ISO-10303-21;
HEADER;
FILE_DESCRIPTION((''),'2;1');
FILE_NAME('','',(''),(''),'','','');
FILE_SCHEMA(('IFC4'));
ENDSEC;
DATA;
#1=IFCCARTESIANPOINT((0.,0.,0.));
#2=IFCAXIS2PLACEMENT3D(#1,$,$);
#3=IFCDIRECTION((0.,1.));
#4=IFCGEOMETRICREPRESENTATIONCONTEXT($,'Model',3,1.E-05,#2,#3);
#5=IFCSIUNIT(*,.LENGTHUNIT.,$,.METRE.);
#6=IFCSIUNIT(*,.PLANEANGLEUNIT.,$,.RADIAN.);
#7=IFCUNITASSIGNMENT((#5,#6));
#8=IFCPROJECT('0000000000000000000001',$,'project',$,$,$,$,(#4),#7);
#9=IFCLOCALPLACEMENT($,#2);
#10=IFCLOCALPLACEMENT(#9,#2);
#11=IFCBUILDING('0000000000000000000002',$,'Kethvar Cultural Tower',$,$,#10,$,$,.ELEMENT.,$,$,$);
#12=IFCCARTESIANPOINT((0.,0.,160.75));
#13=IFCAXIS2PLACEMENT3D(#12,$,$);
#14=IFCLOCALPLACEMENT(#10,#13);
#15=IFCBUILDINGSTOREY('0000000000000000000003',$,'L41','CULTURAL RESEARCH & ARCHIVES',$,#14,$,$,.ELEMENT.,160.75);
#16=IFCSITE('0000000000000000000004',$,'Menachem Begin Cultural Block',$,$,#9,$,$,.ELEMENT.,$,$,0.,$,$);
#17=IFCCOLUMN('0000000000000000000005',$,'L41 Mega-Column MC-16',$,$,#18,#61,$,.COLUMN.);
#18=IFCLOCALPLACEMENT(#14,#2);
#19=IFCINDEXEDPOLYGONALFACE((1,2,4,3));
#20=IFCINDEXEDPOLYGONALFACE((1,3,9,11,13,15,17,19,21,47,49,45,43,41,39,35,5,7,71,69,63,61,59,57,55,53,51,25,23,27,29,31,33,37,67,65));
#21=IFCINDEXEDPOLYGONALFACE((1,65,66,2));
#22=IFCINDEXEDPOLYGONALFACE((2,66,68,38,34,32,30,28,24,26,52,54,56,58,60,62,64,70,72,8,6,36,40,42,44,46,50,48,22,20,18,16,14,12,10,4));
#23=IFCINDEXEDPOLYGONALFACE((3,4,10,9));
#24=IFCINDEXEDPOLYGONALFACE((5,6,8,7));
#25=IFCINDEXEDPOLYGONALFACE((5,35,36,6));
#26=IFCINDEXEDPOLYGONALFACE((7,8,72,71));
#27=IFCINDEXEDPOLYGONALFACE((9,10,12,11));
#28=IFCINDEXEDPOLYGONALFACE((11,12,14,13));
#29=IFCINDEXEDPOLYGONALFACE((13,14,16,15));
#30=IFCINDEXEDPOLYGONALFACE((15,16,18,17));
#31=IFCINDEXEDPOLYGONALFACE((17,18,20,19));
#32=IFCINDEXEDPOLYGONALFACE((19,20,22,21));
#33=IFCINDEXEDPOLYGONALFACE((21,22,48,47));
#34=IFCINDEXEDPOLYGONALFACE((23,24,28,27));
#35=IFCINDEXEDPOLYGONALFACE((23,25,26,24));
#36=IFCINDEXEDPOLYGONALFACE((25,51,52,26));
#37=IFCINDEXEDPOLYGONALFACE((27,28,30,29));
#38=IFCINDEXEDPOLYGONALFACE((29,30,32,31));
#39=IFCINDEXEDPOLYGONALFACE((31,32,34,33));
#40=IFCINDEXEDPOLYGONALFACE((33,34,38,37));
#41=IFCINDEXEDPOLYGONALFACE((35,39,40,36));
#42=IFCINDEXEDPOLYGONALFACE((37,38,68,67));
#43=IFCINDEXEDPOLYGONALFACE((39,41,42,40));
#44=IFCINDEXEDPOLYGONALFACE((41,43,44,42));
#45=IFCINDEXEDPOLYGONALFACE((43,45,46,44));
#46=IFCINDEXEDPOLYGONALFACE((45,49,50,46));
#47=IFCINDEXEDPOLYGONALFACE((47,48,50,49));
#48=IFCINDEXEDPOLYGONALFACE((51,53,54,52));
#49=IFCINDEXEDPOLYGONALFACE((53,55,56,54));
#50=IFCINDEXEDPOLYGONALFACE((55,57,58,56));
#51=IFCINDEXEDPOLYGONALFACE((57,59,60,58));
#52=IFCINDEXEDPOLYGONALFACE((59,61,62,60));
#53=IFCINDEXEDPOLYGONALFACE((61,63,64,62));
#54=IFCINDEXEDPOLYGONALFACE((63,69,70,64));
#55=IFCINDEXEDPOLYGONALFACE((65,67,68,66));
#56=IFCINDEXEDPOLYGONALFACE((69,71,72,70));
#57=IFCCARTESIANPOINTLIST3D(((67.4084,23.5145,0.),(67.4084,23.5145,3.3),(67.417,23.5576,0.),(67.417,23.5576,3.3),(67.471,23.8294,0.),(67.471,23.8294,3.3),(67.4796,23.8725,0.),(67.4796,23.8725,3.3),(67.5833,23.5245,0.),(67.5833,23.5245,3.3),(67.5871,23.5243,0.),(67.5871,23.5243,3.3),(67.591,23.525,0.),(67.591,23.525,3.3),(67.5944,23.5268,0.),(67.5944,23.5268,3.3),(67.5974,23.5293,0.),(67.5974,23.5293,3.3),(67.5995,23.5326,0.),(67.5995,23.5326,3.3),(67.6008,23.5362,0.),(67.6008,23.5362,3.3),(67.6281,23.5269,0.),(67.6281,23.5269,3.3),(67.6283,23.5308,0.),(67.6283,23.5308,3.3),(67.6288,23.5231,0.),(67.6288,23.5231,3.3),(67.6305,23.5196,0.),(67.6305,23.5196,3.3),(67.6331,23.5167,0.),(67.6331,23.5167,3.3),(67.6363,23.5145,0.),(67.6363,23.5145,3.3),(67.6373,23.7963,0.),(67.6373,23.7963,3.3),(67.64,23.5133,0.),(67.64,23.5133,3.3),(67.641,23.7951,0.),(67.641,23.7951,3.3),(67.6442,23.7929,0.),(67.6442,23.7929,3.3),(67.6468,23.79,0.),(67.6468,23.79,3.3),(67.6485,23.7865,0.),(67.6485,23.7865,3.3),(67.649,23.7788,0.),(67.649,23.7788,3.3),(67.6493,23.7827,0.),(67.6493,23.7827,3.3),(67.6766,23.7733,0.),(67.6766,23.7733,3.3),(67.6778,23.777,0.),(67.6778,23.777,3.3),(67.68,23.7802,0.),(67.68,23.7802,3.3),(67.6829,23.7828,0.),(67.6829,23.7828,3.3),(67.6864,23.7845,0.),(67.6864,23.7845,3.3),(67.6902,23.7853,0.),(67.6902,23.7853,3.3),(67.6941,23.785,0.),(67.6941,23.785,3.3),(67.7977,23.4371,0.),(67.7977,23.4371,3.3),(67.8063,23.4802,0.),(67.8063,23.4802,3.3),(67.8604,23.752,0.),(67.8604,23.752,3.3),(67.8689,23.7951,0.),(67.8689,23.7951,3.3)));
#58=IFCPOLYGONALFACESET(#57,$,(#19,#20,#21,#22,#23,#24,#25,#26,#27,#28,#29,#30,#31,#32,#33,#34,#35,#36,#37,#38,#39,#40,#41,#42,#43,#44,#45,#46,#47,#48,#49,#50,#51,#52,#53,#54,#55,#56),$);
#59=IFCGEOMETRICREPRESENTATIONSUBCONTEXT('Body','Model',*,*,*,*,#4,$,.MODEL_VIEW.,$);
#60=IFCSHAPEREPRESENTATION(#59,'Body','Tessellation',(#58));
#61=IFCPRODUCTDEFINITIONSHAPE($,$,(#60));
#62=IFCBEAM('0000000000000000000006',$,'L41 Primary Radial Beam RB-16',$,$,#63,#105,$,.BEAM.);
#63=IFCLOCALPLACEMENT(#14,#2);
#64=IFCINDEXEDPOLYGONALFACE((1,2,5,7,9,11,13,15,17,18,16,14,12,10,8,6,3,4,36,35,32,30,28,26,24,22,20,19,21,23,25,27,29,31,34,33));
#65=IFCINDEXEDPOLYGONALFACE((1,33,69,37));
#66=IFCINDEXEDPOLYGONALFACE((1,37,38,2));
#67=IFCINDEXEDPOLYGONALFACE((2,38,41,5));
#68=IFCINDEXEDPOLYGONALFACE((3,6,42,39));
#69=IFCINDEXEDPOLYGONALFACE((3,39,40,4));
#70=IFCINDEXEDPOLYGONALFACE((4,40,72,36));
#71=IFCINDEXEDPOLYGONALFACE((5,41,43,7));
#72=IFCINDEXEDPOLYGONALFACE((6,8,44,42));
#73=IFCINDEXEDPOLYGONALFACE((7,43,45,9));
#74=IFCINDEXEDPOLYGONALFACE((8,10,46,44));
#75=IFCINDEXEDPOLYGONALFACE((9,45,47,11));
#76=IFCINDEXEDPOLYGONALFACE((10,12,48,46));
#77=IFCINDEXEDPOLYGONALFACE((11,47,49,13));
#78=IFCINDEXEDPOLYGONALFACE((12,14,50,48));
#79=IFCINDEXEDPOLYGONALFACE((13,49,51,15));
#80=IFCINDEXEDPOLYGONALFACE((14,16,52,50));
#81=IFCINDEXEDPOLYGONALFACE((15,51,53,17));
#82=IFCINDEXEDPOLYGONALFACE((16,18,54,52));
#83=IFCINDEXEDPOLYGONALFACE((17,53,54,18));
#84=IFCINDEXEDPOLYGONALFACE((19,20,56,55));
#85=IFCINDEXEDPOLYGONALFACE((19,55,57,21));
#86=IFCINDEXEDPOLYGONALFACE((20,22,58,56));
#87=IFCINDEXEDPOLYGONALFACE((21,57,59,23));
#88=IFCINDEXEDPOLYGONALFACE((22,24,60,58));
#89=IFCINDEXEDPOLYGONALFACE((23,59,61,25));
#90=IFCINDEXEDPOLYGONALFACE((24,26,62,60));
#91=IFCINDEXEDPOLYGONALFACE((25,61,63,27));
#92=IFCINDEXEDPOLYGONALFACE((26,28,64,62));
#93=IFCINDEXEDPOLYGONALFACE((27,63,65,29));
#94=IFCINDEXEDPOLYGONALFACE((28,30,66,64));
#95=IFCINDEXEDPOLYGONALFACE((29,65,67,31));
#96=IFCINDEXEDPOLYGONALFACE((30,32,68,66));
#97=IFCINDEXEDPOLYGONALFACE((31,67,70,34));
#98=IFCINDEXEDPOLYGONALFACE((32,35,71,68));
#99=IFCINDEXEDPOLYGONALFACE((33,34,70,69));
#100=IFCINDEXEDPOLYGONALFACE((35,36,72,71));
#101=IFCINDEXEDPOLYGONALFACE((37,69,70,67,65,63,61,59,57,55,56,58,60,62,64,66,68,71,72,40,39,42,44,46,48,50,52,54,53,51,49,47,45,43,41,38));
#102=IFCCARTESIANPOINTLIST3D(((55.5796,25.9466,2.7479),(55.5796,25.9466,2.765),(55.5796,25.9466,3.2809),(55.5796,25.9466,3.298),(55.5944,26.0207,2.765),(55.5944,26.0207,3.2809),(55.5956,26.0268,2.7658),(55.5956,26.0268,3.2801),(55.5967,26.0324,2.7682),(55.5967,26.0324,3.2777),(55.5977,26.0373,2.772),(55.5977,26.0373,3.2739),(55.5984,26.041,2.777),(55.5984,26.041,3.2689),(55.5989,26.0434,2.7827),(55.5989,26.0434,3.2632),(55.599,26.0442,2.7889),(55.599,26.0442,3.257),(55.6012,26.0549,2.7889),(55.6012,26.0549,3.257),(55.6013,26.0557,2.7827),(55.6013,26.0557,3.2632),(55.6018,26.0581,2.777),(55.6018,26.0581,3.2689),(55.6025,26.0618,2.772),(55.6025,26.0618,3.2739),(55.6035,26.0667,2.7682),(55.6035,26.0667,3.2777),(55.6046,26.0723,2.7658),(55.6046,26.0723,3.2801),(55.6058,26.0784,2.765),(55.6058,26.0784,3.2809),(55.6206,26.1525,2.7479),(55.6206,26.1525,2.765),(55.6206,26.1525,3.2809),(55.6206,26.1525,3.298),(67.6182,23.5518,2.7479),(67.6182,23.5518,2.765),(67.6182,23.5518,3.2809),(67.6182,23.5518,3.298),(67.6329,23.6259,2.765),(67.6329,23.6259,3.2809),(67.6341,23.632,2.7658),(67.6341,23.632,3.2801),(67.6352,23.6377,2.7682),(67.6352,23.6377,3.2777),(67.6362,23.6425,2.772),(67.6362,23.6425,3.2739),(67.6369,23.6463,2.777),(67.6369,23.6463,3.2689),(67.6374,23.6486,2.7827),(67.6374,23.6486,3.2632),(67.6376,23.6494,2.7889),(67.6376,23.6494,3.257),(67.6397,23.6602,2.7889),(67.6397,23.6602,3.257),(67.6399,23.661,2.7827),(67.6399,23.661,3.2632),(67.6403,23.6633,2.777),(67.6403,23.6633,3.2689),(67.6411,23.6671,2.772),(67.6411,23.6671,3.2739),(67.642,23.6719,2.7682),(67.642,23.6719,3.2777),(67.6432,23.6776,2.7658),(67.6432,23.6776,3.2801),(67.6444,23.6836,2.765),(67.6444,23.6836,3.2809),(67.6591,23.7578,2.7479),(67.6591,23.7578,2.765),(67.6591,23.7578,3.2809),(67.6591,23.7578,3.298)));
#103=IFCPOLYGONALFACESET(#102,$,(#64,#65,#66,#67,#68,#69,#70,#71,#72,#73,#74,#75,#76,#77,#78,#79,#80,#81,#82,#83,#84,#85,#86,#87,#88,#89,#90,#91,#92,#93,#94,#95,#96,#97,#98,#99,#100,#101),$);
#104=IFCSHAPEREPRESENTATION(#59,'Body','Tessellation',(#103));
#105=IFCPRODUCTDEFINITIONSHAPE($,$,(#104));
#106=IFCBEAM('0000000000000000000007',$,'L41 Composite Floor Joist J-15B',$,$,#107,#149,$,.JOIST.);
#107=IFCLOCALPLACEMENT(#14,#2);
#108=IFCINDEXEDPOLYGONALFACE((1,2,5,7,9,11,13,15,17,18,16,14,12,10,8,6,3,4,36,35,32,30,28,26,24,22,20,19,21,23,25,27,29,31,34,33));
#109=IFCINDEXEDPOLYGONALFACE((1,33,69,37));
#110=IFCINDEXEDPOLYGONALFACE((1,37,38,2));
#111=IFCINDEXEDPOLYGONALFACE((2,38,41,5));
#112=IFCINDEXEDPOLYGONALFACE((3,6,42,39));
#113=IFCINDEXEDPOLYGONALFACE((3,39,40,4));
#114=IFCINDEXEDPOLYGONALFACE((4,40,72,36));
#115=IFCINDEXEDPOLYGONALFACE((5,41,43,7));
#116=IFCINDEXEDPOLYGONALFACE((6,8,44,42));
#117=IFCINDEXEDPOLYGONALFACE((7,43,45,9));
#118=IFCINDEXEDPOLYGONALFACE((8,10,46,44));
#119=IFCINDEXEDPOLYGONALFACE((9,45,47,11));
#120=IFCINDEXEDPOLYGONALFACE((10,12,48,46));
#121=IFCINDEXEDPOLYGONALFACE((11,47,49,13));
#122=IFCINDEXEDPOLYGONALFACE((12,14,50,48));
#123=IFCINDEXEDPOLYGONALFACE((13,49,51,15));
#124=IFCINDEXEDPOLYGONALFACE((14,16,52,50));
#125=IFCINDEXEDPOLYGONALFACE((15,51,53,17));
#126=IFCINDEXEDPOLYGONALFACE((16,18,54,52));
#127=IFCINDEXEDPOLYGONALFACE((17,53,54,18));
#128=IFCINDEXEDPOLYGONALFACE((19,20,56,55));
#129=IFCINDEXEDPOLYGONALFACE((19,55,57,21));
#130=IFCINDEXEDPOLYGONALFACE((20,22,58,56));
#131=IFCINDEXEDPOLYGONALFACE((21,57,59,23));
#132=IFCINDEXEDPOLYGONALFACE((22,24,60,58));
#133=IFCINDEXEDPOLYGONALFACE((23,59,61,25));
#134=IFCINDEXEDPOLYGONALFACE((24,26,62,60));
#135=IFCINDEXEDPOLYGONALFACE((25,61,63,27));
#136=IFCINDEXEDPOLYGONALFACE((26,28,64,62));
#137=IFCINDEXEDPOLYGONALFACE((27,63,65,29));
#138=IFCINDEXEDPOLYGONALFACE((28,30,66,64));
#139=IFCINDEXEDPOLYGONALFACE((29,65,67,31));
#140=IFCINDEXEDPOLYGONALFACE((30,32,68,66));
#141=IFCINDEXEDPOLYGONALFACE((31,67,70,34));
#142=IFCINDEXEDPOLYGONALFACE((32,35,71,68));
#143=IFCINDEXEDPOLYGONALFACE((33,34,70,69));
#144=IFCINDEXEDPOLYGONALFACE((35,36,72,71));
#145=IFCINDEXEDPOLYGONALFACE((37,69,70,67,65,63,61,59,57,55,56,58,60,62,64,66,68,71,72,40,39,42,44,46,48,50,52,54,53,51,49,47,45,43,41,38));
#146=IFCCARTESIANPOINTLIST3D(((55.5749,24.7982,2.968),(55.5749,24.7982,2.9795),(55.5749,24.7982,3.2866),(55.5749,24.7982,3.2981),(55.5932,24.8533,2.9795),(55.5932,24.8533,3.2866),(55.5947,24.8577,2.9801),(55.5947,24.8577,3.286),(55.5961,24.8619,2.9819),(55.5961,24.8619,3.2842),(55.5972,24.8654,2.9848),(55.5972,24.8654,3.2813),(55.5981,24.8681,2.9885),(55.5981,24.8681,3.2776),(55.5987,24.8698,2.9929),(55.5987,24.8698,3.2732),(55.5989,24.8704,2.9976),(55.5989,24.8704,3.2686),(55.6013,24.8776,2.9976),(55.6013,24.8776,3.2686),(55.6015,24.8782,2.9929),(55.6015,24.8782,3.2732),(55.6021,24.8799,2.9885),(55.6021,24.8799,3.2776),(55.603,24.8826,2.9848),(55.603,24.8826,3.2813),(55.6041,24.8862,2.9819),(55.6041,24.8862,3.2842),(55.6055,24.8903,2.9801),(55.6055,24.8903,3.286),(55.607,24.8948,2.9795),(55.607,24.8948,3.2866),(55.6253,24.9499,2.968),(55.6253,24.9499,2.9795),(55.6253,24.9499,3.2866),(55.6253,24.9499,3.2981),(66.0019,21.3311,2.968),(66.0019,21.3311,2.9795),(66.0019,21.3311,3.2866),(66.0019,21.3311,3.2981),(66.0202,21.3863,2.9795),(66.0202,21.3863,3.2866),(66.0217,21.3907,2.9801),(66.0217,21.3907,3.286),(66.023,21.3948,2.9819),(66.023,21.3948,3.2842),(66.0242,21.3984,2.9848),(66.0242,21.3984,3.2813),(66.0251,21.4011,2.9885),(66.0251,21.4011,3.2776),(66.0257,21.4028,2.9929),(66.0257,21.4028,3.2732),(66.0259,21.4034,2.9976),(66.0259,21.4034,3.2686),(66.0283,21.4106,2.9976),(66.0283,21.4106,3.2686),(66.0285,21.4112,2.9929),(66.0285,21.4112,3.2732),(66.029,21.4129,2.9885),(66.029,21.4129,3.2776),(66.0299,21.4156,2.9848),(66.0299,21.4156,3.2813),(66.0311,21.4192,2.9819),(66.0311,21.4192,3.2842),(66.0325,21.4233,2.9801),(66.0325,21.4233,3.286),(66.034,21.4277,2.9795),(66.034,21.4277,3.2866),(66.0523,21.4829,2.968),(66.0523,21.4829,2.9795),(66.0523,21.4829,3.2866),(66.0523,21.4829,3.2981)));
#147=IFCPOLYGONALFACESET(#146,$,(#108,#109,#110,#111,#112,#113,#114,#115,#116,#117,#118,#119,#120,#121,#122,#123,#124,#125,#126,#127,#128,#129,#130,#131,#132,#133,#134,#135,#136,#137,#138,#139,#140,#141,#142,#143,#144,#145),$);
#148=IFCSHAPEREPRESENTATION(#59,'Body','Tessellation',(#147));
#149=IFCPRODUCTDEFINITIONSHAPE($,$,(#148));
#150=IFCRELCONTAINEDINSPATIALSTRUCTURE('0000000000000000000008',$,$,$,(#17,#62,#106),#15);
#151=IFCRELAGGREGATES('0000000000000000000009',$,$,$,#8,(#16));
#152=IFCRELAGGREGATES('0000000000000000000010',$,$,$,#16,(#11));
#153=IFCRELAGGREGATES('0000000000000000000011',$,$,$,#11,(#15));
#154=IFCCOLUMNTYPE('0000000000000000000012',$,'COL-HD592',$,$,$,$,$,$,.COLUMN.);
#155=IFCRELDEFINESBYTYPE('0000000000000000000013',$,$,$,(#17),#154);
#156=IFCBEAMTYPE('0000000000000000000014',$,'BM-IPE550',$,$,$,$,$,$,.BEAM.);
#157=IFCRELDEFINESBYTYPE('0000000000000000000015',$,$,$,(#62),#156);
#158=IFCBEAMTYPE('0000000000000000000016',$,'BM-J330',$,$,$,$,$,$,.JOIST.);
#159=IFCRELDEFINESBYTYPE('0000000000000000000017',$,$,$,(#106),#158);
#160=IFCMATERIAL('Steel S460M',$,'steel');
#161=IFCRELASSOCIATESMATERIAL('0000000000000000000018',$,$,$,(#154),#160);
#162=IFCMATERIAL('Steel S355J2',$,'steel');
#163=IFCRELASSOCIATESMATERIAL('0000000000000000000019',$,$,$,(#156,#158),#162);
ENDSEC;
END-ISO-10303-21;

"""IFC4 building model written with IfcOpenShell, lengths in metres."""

from ifc_helpers import new_model, si_unit, direction, frame, origin, origin_2d, place, context, subcontext, project, spatial, i_section, extrude, source, transform, mapped, material, material_profile, profile_set, type_object, element, save


model = new_model("IFC4")

# Units and contexts
model_context = context("Model", 3, precision=1e-05, world=origin(), true_north=direction((0.0, 1.0)))
body_context = subcontext(model_context, "Body", "Model", "MODEL_VIEW")
ifc_project = project(units=[si_unit("LENGTHUNIT", "METRE"), si_unit("PLANEANGLEUNIT", "RADIAN")], contexts=[model_context])

# Site, building, storey
site_placement = place(None, origin())
site = spatial("IfcSite", under=ifc_project, at=site_placement, Name="Menachem Begin Cultural Block", CompositionType="ELEMENT", RefElevation=0.0)
building_placement = place(site_placement, origin())
building = spatial("IfcBuilding", under=site, at=building_placement, Name="Kethvar Cultural Tower", CompositionType="ELEMENT")
storey_placement = place(building_placement, frame((0.0, 0.0, 160.75)))
storey = spatial("IfcBuildingStorey", under=building, at=storey_placement, Name="L41", Description="CULTURAL RESEARCH & ARCHIVES", CompositionType="ELEMENT", Elevation=160.75)

# Column
ifc_material_1 = material(Name="Steel S460M", Category="steel")
ifc_material_profile_1 = material_profile(ifc_material_1, i_section(OverallWidth=0.397, OverallDepth=0.365, WebThickness=0.0281, FlangeThickness=0.0439, FilletRadius=0.0149, at=origin_2d()), Name="Steel S460M — HD400x592")
ifc_profile_set_1 = profile_set([ifc_material_profile_1], Name="Steel S460M — HD400x592")
column_type = type_object("IfcColumnType", Name="COL-HD592", PredefinedType="COLUMN", material=ifc_profile_set_1)
shared_shape_1 = source(origin(), body_context, "Body", "SweptSolid", [
    extrude(i_section(OverallWidth=0.397, OverallDepth=0.365, WebThickness=0.0281, FlangeThickness=0.0439, FilletRadius=0.0149, at=origin_2d()), origin(), (0.0, 0.0, 1.0), 3.3),
])
column_placement = place(storey_placement, frame((67.6387, 23.6548, 0.0), z_axis=(0.0, 0.0, 1.0), x_axis=(0.980785, -0.19509, 0.0)))
element("IfcColumn", 1, at=column_placement, inside=storey, type_object=column_type, Name="L41 Mega-Column MC-16", PredefinedType="COLUMN", context=body_context, shape_type="MappedRepresentation", body=[
    mapped(shared_shape_1, transform((0.0, 0.0, 0.0), scale=1.0)),
])

# Beams
ifc_material_2 = material(Name="Steel S355J2", Category="steel")
ifc_material_profile_2 = material_profile(ifc_material_2, i_section(OverallWidth=0.21, OverallDepth=0.55, WebThickness=0.011, FlangeThickness=0.0171, FilletRadius=0.0239, at=origin_2d()), Name="Steel S355J2 — IPE550")
ifc_profile_set_2 = profile_set([ifc_material_profile_2], Name="Steel S355J2 — IPE550")
beam_type_1 = type_object("IfcBeamType", Name="BM-IPE550", PredefinedType="BEAM", material=ifc_profile_set_2)
shared_shape_2 = source(origin(), body_context, "Body", "SweptSolid", [
    extrude(i_section(OverallWidth=0.21, OverallDepth=0.55, WebThickness=0.011, FlangeThickness=0.0171, FilletRadius=0.0239, at=origin_2d()), origin(), (0.0, 0.0, 1.0), 12.2744),
])
beam_1_placement = place(storey_placement, frame((55.6001, 26.0496, 3.0229), z_axis=(0.980783, -0.195102, 0.0), x_axis=(0.195102, 0.980783, 0.0)))
element("IfcBeam", 2, at=beam_1_placement, inside=storey, type_object=beam_type_1, Name="L41 Primary Radial Beam RB-16", PredefinedType="BEAM", context=body_context, shape_type="MappedRepresentation", body=[
    mapped(shared_shape_2, transform((0.0, 0.0, 0.0), scale=1.0)),
])
ifc_material_profile_3 = material_profile(ifc_material_2, i_section(OverallWidth=0.1599, OverallDepth=0.3301, WebThickness=0.0076, FlangeThickness=0.0115, FilletRadius=0.0181, at=origin_2d()), Name="Steel S355J2 — IPE330")
ifc_profile_set_3 = profile_set([ifc_material_profile_3], Name="Steel S355J2 — IPE330")
beam_type_2 = type_object("IfcBeamType", Name="BM-J330", PredefinedType="JOIST", material=ifc_profile_set_3)
shared_shape_3 = source(origin(), body_context, "Body", "SweptSolid", [
    extrude(i_section(OverallWidth=0.1599, OverallDepth=0.3301, WebThickness=0.0076, FlangeThickness=0.0115, FilletRadius=0.0181, at=origin_2d()), origin(), (0.0, 0.0, 1.0), 10.9883),
])
beam_2_placement = place(storey_placement, frame((55.6001, 24.874, 3.1331), z_axis=(0.948919, -0.315521, 0.0), x_axis=(0.315521, 0.948919, 0.0)))
element("IfcBeam", 3, at=beam_2_placement, inside=storey, type_object=beam_type_2, Name="L41 Composite Floor Joist J-15B", PredefinedType="JOIST", context=body_context, shape_type="MappedRepresentation", body=[
    mapped(shared_shape_3, transform((0.0, 0.0, 0.0), scale=1.0)),
])

save(model, "model.ifc")
